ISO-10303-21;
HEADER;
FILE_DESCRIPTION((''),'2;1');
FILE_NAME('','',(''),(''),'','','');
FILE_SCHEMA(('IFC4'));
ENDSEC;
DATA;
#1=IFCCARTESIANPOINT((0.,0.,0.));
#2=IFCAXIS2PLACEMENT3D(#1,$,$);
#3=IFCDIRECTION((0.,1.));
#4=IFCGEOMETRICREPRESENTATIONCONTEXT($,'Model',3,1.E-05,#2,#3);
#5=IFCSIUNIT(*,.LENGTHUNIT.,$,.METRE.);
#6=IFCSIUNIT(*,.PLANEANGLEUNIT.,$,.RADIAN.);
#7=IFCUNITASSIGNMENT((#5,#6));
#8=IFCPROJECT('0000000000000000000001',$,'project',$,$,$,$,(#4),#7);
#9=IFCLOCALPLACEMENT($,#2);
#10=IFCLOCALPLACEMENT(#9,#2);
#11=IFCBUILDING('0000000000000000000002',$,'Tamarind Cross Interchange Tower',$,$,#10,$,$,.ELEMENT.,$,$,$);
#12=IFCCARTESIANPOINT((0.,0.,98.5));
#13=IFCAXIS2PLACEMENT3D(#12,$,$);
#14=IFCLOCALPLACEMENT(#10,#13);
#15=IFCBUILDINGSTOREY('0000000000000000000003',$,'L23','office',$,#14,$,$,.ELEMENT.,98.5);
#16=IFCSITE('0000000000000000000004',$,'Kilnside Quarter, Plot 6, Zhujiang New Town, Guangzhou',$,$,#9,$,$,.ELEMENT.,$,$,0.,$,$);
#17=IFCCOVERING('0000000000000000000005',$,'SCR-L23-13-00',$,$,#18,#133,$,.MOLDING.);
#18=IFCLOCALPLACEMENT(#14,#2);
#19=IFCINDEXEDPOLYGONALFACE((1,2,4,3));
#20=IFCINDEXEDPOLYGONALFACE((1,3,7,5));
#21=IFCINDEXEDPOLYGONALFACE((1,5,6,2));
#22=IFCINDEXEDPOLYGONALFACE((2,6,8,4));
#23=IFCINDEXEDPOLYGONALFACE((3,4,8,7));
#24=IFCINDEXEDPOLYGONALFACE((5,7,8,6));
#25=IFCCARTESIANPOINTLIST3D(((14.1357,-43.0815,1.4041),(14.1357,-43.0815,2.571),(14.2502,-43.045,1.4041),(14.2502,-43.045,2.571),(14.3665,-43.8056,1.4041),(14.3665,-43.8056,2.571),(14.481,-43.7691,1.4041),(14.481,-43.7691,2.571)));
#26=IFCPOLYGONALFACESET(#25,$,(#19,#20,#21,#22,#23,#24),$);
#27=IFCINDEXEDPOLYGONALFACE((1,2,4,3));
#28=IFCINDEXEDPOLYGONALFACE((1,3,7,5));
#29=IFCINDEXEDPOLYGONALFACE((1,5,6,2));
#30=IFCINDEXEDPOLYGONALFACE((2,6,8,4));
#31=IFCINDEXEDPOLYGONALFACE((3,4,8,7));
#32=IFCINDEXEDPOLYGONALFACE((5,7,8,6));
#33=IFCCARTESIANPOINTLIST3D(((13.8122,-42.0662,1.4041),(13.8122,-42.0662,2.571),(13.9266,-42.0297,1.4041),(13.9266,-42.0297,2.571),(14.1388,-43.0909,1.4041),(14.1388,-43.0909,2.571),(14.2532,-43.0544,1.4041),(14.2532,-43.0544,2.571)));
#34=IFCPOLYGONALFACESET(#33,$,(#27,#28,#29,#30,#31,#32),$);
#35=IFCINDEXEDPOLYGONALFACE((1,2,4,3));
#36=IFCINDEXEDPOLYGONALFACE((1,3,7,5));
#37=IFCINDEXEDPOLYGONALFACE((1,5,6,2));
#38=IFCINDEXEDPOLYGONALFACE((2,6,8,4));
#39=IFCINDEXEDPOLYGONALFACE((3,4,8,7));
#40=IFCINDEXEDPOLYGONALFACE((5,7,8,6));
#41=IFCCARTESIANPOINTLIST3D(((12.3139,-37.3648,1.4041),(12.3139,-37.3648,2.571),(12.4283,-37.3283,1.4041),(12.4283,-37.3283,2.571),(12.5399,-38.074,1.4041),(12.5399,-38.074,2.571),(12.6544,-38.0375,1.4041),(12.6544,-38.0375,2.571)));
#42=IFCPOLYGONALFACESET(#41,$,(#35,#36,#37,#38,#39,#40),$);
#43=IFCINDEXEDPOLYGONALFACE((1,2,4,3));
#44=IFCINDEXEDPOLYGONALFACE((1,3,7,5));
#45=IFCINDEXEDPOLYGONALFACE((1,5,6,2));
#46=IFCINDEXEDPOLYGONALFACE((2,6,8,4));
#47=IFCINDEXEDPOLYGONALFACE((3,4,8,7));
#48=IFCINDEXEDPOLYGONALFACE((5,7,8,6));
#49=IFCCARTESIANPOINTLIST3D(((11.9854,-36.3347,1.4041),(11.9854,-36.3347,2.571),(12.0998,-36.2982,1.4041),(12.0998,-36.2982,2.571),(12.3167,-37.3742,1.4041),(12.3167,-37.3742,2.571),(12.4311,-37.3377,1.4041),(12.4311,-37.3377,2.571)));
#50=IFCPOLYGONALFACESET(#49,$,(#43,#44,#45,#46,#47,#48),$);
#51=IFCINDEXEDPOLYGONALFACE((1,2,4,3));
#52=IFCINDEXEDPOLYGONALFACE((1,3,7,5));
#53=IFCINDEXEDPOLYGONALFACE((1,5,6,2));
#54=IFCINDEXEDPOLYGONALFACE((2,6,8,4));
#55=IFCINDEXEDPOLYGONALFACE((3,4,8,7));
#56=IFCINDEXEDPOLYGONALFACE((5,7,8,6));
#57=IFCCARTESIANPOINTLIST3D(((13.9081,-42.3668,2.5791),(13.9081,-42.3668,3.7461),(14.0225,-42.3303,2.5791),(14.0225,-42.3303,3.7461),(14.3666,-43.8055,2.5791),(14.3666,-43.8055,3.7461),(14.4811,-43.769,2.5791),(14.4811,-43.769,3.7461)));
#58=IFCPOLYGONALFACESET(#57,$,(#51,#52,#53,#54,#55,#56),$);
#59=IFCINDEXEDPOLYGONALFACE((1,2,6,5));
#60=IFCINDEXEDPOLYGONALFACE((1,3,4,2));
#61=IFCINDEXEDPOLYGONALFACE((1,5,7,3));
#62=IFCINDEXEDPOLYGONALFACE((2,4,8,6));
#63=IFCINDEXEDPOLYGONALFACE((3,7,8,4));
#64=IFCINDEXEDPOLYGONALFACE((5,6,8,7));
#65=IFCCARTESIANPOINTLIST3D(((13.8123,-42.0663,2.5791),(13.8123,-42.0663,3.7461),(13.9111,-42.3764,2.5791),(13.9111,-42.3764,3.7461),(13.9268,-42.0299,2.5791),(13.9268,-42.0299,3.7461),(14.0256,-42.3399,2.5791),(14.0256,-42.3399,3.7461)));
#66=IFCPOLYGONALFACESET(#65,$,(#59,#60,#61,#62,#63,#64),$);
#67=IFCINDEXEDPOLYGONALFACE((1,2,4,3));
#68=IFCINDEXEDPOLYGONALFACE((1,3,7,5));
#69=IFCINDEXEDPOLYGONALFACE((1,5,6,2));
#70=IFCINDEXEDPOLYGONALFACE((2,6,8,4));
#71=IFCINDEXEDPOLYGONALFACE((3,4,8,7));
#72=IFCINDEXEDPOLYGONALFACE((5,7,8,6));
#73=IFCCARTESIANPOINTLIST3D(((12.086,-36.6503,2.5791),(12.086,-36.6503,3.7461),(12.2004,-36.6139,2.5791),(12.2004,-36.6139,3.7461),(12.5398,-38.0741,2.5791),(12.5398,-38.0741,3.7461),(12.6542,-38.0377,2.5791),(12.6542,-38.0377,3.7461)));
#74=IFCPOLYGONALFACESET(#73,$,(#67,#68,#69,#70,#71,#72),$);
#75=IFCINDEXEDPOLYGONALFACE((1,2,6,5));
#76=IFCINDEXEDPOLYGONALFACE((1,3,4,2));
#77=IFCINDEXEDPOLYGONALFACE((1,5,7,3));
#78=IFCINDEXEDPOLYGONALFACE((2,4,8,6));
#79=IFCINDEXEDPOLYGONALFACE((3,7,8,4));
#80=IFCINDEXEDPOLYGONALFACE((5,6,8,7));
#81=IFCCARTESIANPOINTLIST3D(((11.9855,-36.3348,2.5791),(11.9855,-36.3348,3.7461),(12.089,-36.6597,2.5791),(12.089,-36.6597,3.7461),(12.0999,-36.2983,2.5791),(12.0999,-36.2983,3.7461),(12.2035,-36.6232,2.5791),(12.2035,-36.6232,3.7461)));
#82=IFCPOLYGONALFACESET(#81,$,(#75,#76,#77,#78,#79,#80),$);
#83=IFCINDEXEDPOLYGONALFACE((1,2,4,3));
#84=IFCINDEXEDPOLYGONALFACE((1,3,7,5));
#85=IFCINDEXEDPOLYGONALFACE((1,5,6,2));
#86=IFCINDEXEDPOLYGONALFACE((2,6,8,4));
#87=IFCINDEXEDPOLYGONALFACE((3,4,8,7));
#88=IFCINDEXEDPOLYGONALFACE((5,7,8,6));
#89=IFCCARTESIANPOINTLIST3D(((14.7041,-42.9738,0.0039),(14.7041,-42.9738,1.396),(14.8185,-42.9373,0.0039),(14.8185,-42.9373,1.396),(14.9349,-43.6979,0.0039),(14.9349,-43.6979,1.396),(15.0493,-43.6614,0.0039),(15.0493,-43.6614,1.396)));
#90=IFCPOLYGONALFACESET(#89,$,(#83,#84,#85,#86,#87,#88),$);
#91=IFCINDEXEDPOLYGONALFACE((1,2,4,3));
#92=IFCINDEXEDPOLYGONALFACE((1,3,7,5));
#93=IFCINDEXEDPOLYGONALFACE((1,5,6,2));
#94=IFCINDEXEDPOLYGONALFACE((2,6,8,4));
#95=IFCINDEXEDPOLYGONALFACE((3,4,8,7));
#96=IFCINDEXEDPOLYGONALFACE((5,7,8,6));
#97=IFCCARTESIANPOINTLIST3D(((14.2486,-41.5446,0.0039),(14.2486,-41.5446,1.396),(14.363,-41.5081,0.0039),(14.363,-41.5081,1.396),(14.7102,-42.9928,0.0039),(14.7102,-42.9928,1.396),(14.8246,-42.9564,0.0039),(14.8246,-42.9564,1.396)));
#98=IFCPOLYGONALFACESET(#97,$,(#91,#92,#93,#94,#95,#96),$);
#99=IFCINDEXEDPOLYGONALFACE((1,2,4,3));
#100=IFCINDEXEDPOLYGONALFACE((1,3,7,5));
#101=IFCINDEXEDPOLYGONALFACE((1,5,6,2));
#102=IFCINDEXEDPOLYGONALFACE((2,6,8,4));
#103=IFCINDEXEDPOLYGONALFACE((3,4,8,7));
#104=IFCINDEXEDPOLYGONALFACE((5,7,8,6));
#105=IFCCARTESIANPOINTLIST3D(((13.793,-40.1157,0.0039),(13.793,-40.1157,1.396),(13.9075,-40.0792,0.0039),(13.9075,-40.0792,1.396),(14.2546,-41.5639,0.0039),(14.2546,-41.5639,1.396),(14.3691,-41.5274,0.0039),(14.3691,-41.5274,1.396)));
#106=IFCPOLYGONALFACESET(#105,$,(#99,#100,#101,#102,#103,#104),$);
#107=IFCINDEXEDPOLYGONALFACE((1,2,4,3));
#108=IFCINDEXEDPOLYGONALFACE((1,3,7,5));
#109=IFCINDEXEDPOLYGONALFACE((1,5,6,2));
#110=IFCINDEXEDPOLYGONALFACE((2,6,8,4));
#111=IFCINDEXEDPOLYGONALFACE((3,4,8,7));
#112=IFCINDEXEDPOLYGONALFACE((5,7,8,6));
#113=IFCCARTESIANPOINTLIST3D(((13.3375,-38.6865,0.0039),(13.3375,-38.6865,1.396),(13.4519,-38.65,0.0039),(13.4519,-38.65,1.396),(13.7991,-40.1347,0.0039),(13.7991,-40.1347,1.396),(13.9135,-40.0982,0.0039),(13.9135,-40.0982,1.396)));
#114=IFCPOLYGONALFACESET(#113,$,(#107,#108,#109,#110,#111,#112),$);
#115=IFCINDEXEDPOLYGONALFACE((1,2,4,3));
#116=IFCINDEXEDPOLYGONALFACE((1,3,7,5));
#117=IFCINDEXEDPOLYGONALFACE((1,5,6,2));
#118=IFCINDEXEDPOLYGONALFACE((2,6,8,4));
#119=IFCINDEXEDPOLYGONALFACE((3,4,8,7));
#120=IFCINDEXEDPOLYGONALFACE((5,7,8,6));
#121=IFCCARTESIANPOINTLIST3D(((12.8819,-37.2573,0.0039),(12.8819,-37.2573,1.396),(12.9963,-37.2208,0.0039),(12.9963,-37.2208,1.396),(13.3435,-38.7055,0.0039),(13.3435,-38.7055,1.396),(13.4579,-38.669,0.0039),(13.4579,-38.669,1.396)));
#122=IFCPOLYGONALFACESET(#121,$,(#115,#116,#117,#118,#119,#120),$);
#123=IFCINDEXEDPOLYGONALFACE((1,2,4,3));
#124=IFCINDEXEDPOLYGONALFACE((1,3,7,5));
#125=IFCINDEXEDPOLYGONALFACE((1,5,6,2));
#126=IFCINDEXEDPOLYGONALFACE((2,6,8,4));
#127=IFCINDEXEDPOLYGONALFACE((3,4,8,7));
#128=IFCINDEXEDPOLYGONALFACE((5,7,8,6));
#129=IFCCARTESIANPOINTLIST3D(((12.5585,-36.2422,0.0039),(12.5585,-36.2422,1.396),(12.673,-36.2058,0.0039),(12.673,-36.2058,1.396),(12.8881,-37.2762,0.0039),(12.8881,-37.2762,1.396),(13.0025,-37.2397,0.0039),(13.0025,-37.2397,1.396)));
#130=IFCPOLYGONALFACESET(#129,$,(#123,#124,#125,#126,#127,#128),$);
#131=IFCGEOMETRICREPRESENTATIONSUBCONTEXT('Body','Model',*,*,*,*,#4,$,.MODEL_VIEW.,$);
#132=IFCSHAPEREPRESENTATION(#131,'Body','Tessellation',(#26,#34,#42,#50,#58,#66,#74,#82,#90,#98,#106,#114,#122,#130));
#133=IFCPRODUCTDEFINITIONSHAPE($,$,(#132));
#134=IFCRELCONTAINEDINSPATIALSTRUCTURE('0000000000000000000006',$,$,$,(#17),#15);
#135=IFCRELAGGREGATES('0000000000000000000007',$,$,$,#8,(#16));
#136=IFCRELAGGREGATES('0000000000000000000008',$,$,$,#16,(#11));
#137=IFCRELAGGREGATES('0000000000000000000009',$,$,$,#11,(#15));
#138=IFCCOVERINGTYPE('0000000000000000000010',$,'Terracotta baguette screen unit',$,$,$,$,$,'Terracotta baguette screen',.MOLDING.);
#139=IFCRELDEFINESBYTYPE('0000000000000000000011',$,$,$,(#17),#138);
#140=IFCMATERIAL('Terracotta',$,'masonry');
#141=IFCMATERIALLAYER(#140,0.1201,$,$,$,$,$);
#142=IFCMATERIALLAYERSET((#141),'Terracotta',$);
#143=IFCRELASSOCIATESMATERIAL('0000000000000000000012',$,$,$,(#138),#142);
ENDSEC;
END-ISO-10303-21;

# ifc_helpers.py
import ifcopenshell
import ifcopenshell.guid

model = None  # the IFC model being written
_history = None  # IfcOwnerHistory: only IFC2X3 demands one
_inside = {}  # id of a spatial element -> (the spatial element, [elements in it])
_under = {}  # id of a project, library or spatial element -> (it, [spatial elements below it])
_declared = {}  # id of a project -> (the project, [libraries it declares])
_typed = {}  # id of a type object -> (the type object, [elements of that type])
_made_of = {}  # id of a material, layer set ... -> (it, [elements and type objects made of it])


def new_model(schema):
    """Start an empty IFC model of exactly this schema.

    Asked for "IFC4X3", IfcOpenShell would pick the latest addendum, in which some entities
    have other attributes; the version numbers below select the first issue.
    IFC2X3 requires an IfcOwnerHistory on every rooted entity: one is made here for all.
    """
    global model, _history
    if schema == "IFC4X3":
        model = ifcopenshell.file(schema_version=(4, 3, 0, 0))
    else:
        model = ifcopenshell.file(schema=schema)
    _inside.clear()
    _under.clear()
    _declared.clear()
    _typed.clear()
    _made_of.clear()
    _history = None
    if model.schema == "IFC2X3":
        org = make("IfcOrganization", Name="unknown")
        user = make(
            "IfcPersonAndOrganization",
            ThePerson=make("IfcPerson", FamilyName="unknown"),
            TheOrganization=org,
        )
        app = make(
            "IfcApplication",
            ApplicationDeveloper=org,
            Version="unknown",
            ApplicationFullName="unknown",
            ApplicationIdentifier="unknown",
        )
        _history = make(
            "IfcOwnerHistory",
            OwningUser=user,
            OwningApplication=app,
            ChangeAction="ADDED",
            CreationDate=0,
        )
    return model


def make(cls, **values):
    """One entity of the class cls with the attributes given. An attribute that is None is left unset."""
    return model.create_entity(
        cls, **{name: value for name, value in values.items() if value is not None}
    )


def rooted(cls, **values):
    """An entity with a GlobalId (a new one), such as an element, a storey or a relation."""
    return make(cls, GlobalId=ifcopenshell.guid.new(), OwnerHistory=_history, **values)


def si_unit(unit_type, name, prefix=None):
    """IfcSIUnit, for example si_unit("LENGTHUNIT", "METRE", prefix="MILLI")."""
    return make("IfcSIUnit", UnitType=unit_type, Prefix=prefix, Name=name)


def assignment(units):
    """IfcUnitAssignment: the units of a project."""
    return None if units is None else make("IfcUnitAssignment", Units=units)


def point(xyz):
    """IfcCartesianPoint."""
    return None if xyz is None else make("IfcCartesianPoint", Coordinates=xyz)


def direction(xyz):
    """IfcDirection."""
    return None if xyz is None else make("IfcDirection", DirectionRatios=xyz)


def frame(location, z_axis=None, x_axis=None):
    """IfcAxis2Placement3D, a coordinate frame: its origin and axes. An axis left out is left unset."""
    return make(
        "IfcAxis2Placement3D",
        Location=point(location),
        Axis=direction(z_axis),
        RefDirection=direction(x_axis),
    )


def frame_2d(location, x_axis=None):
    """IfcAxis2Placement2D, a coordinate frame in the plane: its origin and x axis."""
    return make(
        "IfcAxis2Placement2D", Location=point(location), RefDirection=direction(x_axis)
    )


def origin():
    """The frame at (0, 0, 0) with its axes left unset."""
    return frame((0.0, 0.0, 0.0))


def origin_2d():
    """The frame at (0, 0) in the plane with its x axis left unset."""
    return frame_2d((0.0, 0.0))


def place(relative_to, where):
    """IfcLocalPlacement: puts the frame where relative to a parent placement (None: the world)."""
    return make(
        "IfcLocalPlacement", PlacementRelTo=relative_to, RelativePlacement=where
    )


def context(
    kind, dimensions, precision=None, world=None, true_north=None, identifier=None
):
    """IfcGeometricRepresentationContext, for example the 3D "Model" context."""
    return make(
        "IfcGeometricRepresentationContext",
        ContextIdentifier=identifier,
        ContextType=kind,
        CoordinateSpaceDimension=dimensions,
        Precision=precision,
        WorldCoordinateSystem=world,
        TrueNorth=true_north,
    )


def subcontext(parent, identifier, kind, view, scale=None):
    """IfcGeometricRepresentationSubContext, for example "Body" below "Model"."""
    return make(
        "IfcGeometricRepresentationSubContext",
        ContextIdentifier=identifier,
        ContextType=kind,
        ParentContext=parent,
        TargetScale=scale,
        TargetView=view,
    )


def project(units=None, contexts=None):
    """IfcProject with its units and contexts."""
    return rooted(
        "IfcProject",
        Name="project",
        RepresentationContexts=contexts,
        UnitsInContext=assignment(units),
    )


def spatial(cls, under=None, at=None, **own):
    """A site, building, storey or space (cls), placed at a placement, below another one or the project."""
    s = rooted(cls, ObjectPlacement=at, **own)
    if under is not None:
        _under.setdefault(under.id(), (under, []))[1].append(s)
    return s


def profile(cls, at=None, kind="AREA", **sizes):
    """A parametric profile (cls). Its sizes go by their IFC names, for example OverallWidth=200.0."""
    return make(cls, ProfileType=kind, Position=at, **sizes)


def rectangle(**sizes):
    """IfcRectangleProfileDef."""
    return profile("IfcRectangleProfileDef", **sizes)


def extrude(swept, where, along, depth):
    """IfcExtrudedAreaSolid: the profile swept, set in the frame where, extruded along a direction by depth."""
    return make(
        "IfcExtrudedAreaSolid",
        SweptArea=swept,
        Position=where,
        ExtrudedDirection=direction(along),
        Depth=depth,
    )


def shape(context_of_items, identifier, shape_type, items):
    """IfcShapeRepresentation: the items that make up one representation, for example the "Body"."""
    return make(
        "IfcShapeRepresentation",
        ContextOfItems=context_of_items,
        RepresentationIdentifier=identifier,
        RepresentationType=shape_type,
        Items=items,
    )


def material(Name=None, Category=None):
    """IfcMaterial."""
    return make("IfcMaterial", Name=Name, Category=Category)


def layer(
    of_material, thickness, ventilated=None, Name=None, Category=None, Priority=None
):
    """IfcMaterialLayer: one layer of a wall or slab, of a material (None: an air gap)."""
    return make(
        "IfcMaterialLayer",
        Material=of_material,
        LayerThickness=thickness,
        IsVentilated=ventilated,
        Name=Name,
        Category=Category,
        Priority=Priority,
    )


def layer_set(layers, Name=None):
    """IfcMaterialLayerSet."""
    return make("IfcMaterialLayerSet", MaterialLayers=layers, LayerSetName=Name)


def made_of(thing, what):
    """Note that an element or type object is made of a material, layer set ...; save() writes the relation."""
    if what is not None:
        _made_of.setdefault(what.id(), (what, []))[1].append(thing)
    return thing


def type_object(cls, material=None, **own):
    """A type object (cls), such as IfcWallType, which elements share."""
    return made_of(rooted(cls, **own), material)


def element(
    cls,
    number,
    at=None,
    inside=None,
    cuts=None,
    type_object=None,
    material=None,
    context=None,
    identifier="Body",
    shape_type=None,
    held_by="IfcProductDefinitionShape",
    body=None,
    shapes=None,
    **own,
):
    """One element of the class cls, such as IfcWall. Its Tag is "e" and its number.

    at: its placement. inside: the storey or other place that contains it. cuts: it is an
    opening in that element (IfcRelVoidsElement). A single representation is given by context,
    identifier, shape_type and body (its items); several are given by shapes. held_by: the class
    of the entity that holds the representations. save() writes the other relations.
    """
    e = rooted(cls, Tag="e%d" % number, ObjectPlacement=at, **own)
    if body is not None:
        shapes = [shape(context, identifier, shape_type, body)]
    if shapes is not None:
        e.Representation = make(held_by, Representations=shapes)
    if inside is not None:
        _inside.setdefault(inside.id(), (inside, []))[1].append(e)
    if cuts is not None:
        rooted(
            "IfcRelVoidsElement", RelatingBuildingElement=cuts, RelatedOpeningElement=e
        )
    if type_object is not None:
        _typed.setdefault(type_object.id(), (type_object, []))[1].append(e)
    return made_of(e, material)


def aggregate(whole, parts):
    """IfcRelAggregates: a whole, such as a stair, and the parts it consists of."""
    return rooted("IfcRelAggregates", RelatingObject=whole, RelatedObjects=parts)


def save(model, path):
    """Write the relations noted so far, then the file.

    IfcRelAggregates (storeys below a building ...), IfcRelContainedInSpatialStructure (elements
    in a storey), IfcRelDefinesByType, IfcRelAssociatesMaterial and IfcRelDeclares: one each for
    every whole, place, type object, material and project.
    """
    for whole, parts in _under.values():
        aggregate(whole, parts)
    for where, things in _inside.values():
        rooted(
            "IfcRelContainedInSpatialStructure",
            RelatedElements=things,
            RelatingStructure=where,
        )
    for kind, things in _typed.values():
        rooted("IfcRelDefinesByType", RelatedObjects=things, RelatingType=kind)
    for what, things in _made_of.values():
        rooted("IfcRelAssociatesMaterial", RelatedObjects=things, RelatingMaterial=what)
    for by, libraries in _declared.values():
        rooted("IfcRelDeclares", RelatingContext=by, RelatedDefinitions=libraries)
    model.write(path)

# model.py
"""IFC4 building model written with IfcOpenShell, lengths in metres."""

from ifc_helpers import new_model, si_unit, direction, frame, origin, origin_2d, place, context, subcontext, project, spatial, rectangle, extrude, material, layer, layer_set, type_object, element, save


model = new_model("IFC4")

# Units and contexts
model_context = context("Model", 3, precision=1e-05, world=origin(), true_north=direction((0.0, 1.0)))
body_context = subcontext(model_context, "Body", "Model", "MODEL_VIEW")
ifc_project = project(units=[si_unit("LENGTHUNIT", "METRE"), si_unit("PLANEANGLEUNIT", "RADIAN")], contexts=[model_context])

# Site, building, storey
site_placement = place(None, origin())
site = spatial("IfcSite", under=ifc_project, at=site_placement, Name="Kilnside Quarter, Plot 6, Zhujiang New Town, Guangzhou", CompositionType="ELEMENT", RefElevation=0.0)
building_placement = place(site_placement, origin())
building = spatial("IfcBuilding", under=site, at=building_placement, Name="Tamarind Cross Interchange Tower", CompositionType="ELEMENT")
storey_placement = place(building_placement, frame((0.0, 0.0, 98.5)))
storey = spatial("IfcBuildingStorey", under=building, at=storey_placement, Name="L23", Description="office", CompositionType="ELEMENT", Elevation=98.5)

# Covering
ifc_material_1 = material(Name="Terracotta", Category="masonry")
ifc_layer_1 = layer(ifc_material_1, 0.1201)
ifc_layer_set_1 = layer_set([ifc_layer_1], Name="Terracotta")
covering_type = type_object("IfcCoveringType", Name="Terracotta baguette screen unit", ElementType="Terracotta baguette screen", PredefinedType="MOLDING", material=ifc_layer_set_1)
covering_1_placement = place(storey_placement, origin())
element("IfcCovering", 1, at=covering_1_placement, inside=storey, type_object=covering_type, Name="SCR-L23-13-00", PredefinedType="MOLDING", context=body_context, shape_type="SweptSolid", body=[
    extrude(rectangle(XDim=0.76, YDim=0.1201, at=origin_2d()), frame((14.3083, -43.4253, 1.4041), z_axis=(0.0, 0.0, 1.0), x_axis=(-0.303683, 0.952773, 0.0)), (0.0, 0.0, 1.0), 1.167),
    extrude(rectangle(XDim=1.0754, YDim=0.1201, at=origin_2d()), frame((14.0327, -42.5603, 1.4041), z_axis=(0.0, 0.0, 1.0), x_axis=(-0.303683, 0.952773, 0.0)), (0.0, 0.0, 1.0), 1.167),
    extrude(rectangle(XDim=0.7444, YDim=0.1201, at=origin_2d()), frame((12.4841, -37.7012, 1.4041), z_axis=(0.0, 0.0, 1.0), x_axis=(-0.303683, 0.952773, 0.0)), (0.0, 0.0, 1.0), 1.167),
    extrude(rectangle(XDim=1.0911, YDim=0.1201, at=origin_2d()), frame((12.2083, -36.8362, 1.4041), z_axis=(0.0, 0.0, 1.0), x_axis=(-0.303683, 0.952773, 0.0)), (0.0, 0.0, 1.0), 1.167),
    extrude(rectangle(XDim=1.51, YDim=0.1201, at=origin_2d()), frame((14.1946, -43.0679, 2.5791), z_axis=(0.0, 0.0, 1.0), x_axis=(-0.303683, 0.952773, 0.0)), (0.0, 0.0, 1.0), 1.167),
    extrude(rectangle(XDim=0.3254, YDim=0.1201, at=origin_2d()), frame((13.9189, -42.2031, 2.5791), z_axis=(0.0, 0.0, 1.0), x_axis=(-0.303683, 0.952773, 0.0)), (0.0, 0.0, 1.0), 1.167),
    extrude(rectangle(XDim=1.4944, YDim=0.1201, at=origin_2d()), frame((12.3701, -37.344, 2.5791), z_axis=(0.0, 0.0, 1.0), x_axis=(-0.303683, 0.952773, 0.0)), (0.0, 0.0, 1.0), 1.167),
    extrude(rectangle(XDim=0.3411, YDim=0.1201, at=origin_2d()), frame((12.0945, -36.479, 2.5791), z_axis=(0.0, 0.0, 1.0), x_axis=(-0.303683, 0.952773, 0.0)), (0.0, 0.0, 1.0), 1.167),
    extrude(rectangle(XDim=0.76, YDim=0.1201, at=origin_2d()), frame((14.8767, -43.3176, 0.0039), z_axis=(0.0, 0.0, 1.0), x_axis=(-0.303683, 0.952773, 0.0)), (0.0, 0.0, 1.0), 1.3921),
    extrude(rectangle(XDim=1.52, YDim=0.1201, at=origin_2d()), frame((14.5366, -42.2505, 0.0039), z_axis=(0.0, 0.0, 1.0), x_axis=(-0.303683, 0.952773, 0.0)), (0.0, 0.0, 1.0), 1.3921),
    extrude(rectangle(XDim=1.52, YDim=0.1201, at=origin_2d()), frame((14.0811, -40.8215, 0.0039), z_axis=(0.0, 0.0, 1.0), x_axis=(-0.303683, 0.952773, 0.0)), (0.0, 0.0, 1.0), 1.3921),
    extrude(rectangle(XDim=1.52, YDim=0.1201, at=origin_2d()), frame((13.6255, -39.3923, 0.0039), z_axis=(0.0, 0.0, 1.0), x_axis=(-0.303683, 0.952773, 0.0)), (0.0, 0.0, 1.0), 1.3921),
    extrude(rectangle(XDim=1.52, YDim=0.1201, at=origin_2d()), frame((13.1699, -37.9631, 0.0039), z_axis=(0.0, 0.0, 1.0), x_axis=(-0.303683, 0.952773, 0.0)), (0.0, 0.0, 1.0), 1.3921),
    extrude(rectangle(XDim=1.0852, YDim=0.1201, at=origin_2d()), frame((12.7805, -36.741, 0.0039), z_axis=(0.0, 0.0, 1.0), x_axis=(-0.303683, 0.952773, 0.0)), (0.0, 0.0, 1.0), 1.3921),
])

save(model, "model.ifc")
